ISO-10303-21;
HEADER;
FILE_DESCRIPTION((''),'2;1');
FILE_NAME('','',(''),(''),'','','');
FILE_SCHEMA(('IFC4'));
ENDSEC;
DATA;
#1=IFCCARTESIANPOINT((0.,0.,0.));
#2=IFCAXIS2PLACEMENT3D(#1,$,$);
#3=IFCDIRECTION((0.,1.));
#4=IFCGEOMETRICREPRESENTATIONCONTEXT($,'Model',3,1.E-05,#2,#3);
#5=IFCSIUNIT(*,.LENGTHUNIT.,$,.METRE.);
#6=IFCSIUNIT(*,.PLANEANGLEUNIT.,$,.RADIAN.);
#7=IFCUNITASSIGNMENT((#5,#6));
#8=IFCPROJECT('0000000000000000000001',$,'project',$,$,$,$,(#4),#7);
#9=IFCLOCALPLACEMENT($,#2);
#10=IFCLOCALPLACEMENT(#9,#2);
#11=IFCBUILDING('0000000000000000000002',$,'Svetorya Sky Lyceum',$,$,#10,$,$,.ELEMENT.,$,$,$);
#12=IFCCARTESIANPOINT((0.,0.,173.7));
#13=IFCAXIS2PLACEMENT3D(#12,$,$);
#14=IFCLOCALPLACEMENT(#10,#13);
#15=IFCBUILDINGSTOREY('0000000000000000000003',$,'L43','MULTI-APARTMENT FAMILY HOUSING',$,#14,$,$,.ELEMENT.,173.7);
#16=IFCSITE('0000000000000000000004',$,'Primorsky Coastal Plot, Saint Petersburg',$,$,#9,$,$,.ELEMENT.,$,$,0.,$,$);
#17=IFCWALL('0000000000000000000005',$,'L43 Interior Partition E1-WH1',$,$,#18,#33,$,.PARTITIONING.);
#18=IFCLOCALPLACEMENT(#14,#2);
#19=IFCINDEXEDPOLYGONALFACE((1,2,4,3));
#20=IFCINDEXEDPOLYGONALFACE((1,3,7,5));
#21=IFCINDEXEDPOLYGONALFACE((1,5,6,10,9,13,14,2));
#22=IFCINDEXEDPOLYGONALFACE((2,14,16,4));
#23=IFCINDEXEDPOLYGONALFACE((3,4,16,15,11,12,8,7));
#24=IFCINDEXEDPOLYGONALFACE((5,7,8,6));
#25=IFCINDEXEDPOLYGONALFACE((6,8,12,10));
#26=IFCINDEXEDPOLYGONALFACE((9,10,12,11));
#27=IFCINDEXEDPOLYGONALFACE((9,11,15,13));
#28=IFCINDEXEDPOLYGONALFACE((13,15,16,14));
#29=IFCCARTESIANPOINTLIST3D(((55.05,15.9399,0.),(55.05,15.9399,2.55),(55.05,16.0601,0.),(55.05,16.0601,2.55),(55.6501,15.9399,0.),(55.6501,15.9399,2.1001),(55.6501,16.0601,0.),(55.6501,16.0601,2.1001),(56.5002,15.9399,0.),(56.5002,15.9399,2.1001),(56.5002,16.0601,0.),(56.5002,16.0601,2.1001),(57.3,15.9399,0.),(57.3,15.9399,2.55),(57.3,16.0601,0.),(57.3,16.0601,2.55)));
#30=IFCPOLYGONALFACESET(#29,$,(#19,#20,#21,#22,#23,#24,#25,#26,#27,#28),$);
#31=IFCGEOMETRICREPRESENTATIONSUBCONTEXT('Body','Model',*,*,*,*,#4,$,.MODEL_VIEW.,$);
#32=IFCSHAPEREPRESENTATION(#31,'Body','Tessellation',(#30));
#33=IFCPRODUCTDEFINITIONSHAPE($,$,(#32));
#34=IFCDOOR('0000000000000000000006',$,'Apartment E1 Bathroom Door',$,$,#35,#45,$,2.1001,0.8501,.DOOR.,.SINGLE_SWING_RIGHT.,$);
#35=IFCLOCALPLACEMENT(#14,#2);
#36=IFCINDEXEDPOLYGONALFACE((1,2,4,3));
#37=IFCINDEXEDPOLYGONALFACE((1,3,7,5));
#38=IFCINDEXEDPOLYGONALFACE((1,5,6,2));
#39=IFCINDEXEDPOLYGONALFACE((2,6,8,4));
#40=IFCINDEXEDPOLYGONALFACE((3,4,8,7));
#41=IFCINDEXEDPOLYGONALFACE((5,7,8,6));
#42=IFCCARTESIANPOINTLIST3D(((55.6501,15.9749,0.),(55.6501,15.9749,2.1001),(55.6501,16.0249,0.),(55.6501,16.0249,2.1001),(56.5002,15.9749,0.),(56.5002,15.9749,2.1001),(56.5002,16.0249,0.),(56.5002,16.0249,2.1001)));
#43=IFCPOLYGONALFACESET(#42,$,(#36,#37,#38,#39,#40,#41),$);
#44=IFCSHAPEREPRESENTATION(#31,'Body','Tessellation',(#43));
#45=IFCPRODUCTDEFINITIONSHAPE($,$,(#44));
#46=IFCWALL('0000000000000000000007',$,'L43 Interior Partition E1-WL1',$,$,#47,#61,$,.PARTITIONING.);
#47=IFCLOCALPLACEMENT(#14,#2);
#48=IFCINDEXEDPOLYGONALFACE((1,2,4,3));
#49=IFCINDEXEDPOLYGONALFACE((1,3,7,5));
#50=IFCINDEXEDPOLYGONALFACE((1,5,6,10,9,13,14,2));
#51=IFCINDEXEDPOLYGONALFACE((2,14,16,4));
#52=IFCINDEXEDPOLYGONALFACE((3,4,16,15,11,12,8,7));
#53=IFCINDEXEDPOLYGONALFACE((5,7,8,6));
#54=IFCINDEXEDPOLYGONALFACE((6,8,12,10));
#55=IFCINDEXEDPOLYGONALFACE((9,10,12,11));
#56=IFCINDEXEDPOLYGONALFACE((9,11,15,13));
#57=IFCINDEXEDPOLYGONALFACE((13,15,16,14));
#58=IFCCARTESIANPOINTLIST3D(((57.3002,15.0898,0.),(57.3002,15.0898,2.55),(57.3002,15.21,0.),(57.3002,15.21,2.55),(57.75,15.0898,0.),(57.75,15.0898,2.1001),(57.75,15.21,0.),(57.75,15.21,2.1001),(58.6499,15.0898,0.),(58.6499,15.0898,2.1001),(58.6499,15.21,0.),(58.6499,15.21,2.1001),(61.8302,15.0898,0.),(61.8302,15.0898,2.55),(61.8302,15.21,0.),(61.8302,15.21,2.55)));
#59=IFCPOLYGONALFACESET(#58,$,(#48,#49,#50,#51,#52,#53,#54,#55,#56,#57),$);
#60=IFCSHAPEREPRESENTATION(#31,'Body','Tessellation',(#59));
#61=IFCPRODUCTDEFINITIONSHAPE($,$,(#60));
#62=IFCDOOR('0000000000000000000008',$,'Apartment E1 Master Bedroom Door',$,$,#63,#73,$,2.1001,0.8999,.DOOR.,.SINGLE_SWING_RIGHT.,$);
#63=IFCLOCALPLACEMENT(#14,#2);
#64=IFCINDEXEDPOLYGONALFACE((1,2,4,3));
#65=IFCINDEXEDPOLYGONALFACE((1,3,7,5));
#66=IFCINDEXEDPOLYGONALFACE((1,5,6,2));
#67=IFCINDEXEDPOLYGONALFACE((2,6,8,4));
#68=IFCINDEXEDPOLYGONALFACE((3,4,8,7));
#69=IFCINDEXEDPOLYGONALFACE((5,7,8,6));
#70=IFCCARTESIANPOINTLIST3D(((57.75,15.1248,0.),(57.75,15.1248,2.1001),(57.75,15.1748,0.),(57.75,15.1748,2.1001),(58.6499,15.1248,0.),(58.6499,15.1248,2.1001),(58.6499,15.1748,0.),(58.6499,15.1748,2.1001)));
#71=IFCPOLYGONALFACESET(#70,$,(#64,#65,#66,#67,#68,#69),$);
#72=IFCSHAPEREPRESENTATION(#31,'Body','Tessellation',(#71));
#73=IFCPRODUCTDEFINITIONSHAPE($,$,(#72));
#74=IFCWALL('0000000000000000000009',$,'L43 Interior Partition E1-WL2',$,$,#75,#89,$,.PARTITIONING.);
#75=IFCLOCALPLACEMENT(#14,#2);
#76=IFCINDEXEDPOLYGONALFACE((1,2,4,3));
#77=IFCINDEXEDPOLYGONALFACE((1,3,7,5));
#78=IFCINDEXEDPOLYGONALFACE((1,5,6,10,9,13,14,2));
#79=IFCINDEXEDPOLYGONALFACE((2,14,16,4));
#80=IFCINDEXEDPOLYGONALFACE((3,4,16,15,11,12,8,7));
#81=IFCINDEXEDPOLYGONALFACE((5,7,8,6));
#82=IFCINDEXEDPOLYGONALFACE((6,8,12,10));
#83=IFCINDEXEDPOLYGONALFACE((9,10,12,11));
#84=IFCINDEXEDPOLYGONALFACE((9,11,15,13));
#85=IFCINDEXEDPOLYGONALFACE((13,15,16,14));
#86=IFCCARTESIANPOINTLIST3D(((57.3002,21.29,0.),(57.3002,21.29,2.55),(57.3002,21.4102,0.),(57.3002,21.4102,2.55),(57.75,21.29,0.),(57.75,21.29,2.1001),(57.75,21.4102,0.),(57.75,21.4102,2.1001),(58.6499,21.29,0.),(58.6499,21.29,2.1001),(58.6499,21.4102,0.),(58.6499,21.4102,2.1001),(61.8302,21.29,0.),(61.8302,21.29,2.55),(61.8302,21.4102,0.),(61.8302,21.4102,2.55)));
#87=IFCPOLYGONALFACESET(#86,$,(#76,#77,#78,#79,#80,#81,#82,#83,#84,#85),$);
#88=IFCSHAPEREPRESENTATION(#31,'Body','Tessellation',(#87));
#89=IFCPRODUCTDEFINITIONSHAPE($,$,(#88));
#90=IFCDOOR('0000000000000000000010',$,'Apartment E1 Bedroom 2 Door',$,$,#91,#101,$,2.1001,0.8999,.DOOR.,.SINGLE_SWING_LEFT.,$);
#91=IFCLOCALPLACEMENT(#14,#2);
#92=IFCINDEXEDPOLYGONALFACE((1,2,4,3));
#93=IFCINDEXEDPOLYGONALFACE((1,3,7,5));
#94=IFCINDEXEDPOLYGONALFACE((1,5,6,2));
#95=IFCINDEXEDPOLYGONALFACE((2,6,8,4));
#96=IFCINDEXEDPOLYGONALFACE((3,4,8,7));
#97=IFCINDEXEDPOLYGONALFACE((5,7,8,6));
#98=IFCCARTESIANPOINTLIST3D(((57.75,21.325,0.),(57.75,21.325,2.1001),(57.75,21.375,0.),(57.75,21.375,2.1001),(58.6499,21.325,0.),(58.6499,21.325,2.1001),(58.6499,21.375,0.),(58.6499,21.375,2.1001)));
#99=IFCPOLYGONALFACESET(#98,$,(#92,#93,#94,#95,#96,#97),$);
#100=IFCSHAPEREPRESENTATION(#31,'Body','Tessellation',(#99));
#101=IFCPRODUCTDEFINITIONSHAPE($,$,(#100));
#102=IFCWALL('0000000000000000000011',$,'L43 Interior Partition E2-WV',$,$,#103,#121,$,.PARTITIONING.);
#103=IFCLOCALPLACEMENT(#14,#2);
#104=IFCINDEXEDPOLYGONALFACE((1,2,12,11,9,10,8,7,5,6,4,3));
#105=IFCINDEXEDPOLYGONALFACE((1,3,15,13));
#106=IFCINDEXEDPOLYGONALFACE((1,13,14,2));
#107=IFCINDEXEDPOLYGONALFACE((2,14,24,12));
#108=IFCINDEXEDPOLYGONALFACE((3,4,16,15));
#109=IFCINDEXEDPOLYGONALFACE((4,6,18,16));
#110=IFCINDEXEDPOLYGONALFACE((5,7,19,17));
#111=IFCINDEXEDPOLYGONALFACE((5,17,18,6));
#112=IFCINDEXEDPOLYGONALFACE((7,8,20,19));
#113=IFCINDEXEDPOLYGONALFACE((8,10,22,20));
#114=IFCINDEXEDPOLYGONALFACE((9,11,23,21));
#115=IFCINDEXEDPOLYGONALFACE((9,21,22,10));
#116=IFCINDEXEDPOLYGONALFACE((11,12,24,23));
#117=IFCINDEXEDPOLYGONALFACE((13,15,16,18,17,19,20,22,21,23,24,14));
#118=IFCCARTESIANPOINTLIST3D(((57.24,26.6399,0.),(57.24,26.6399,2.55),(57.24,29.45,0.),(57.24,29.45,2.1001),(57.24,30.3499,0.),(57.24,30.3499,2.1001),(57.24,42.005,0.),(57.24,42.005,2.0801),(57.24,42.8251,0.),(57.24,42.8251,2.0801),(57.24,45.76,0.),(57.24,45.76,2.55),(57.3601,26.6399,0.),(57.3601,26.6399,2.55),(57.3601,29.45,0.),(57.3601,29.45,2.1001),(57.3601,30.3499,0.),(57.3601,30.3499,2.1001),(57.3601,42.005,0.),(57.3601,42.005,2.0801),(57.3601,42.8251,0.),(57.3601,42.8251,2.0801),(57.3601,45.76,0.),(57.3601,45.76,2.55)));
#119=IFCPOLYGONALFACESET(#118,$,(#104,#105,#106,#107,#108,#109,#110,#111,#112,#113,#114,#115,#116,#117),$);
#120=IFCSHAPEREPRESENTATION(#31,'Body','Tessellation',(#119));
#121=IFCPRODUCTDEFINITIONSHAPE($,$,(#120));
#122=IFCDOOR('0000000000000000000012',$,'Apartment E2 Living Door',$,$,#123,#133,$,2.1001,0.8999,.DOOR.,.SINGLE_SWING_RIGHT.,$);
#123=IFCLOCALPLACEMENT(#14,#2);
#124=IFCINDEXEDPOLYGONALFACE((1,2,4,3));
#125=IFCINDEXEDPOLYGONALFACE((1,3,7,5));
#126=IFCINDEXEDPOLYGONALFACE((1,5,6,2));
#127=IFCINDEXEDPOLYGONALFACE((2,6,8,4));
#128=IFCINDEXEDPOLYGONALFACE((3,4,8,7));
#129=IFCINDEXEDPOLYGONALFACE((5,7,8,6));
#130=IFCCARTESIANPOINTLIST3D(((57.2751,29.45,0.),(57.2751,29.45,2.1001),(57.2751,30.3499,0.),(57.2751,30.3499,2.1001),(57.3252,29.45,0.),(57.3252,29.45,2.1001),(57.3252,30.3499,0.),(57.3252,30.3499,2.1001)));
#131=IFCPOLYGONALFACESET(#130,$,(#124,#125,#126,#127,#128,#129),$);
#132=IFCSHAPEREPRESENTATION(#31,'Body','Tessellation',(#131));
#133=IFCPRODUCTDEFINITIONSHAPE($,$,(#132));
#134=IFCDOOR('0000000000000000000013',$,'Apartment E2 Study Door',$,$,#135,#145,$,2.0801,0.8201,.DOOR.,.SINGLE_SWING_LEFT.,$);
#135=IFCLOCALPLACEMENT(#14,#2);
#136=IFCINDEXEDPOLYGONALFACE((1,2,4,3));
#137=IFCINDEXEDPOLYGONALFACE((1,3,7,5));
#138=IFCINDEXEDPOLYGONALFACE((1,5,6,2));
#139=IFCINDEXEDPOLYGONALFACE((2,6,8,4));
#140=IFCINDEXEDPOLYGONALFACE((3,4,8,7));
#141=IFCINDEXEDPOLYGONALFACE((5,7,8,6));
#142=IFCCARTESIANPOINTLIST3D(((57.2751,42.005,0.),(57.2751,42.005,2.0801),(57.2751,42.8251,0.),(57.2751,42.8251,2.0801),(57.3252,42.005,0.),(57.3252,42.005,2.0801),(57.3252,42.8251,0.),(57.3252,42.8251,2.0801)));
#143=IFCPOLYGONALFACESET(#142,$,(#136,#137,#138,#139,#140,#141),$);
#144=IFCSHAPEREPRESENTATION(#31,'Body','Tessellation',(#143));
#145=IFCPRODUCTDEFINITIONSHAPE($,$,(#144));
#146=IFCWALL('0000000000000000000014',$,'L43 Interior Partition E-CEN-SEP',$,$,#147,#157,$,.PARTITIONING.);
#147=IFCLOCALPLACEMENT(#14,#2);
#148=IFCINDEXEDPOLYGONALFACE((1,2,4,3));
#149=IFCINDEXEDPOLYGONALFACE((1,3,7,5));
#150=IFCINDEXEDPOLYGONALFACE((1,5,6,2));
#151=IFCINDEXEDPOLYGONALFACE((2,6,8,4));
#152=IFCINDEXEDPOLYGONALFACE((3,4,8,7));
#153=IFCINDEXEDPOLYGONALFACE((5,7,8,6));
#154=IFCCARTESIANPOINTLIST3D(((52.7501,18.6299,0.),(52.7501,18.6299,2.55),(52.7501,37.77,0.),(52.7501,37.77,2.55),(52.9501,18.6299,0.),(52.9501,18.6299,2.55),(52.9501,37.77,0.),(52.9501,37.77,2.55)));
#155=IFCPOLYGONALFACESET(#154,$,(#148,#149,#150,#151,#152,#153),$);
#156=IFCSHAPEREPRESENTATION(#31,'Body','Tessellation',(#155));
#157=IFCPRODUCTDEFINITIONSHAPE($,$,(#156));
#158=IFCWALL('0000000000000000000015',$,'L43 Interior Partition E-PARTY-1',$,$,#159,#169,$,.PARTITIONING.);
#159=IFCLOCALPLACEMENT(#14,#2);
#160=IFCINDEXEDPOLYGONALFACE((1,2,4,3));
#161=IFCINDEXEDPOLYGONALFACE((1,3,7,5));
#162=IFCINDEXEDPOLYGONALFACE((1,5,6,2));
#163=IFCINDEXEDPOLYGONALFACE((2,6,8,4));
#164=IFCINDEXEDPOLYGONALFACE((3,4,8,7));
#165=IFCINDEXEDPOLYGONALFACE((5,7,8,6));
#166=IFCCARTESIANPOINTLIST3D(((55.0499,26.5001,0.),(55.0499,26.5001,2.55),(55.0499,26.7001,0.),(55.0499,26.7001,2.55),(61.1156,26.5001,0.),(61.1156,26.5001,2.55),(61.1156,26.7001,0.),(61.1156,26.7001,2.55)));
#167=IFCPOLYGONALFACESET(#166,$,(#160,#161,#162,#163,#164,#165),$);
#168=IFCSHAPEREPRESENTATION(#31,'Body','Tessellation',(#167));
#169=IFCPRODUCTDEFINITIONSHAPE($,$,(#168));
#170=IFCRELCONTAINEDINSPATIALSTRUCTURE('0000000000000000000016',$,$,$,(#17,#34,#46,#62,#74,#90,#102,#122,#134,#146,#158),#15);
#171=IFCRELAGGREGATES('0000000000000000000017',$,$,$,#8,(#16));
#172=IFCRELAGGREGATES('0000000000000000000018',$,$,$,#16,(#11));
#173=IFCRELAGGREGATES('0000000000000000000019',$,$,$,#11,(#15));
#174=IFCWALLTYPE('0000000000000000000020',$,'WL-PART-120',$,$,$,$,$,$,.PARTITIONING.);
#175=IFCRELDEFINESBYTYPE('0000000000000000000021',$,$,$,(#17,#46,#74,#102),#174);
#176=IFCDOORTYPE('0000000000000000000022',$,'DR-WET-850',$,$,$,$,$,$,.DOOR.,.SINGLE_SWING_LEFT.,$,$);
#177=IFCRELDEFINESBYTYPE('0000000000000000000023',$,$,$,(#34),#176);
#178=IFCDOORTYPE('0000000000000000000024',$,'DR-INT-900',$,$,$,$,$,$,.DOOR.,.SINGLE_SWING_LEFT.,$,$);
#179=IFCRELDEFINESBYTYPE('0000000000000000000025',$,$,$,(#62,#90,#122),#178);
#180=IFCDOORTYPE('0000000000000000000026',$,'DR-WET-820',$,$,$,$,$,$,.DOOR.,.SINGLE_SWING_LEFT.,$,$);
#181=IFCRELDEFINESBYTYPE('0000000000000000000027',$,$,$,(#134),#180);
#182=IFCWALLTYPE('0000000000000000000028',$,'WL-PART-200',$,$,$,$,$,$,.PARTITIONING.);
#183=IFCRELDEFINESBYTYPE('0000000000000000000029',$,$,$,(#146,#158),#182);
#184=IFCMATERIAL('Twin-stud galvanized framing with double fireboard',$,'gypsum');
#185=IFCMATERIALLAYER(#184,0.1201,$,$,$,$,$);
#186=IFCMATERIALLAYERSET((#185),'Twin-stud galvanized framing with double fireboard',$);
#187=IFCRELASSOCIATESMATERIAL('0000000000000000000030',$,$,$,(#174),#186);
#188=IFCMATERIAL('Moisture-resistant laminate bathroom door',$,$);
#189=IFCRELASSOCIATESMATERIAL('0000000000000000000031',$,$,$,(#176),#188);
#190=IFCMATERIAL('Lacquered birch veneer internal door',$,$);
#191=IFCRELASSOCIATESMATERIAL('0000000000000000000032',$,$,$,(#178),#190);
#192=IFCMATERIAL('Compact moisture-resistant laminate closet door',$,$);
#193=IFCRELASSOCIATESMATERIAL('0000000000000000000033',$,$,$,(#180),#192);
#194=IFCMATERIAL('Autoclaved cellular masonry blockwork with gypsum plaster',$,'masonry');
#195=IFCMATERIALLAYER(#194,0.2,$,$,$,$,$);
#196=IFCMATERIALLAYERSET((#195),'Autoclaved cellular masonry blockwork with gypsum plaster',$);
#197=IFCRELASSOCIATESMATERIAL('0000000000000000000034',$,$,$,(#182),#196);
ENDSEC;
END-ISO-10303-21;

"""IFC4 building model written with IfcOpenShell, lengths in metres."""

from ifc_helpers import new_model, si_unit, direction, frame, frame_2d, origin, place, context, subcontext, project, spatial, rectangle, extrude, material, layer, layer_set, type_object, element, fill, save


model = new_model("IFC4")

# Units and contexts
model_context = context("Model", 3, precision=1e-05, world=origin(), true_north=direction((0.0, 1.0)))
body_context = subcontext(model_context, "Body", "Model", "MODEL_VIEW")
ifc_project = project(units=[si_unit("LENGTHUNIT", "METRE"), si_unit("PLANEANGLEUNIT", "RADIAN")], contexts=[model_context])

# Site, building, storey
site_placement = place(None, origin())
site = spatial("IfcSite", under=ifc_project, at=site_placement, Name="Primorsky Coastal Plot, Saint Petersburg", CompositionType="ELEMENT", RefElevation=0.0)
building_placement = place(site_placement, origin())
building = spatial("IfcBuilding", under=site, at=building_placement, Name="Svetorya Sky Lyceum", CompositionType="ELEMENT")
storey_placement = place(building_placement, frame((0.0, 0.0, 173.7)))
storey = spatial("IfcBuildingStorey", under=building, at=storey_placement, Name="L43", Description="MULTI-APARTMENT FAMILY HOUSING", CompositionType="ELEMENT", Elevation=173.7)

# Walls, openings, doors
ifc_material_1 = material(Name="Twin-stud galvanized framing with double fireboard", Category="gypsum")
ifc_layer_1 = layer(ifc_material_1, 0.1201)
ifc_layer_set_1 = layer_set([ifc_layer_1], Name="Twin-stud galvanized framing with double fireboard")
wall_type_1 = type_object("IfcWallType", Name="WL-PART-120", PredefinedType="PARTITIONING", material=ifc_layer_set_1)
wall_1_placement = place(storey_placement, frame((55.05, 16.0, 0.0), z_axis=(0.0, 0.0, 1.0), x_axis=(1.0, 0.0, 0.0)))
wall_1 = element("IfcWall", 1, at=wall_1_placement, inside=storey, type_object=wall_type_1, Name="L43 Interior Partition E1-WH1", PredefinedType="PARTITIONING", context=body_context, shape_type="SweptSolid", body=[
    extrude(rectangle(XDim=2.25, YDim=0.1201, at=frame_2d((1.125, 0.0))), origin(), (0.0, 0.0, 1.0), 2.55),
])
opening_1_placement = place(wall_1_placement, frame((0.6001, 0.0, 0.0)))
opening_1 = element("IfcOpeningElement", 2, at=opening_1_placement, cuts=wall_1, PredefinedType="OPENING", context=body_context, shape_type="SweptSolid", body=[
    extrude(rectangle(XDim=0.8501, YDim=2.1001, at=frame_2d((0.425, 1.05))), frame((0.0, 0.0701, 0.0), z_axis=(0.0, -1.0, 0.0), x_axis=(1.0, 0.0, 0.0)), (0.0, 0.0, 1.0), 0.1401),
])
ifc_material_2 = material(Name="Moisture-resistant laminate bathroom door")
door_type_1 = type_object("IfcDoorType", Name="DR-WET-850", OperationType="SINGLE_SWING_LEFT", PredefinedType="DOOR", material=ifc_material_2)
door_1_placement = place(opening_1_placement, origin())
door_1 = element("IfcDoor", 3, at=door_1_placement, inside=storey, type_object=door_type_1, Name="Apartment E1 Bathroom Door", OperationType="SINGLE_SWING_RIGHT", OverallHeight=2.1001, OverallWidth=0.8501, PredefinedType="DOOR", context=body_context, shape_type="SweptSolid", body=[
    extrude(rectangle(XDim=0.8501, YDim=2.1001, at=frame_2d((0.425, 1.05))), frame((0.0, 0.0249, 0.0), z_axis=(0.0, -1.0, 0.0), x_axis=(1.0, 0.0, 0.0)), (0.0, 0.0, 1.0), 0.05),
])
fill(opening_1, door_1)
wall_2_placement = place(storey_placement, frame((57.3, 15.1499, 0.0), z_axis=(0.0, 0.0, 1.0), x_axis=(1.0, 0.0, 0.0)))
wall_2 = element("IfcWall", 4, at=wall_2_placement, inside=storey, type_object=wall_type_1, Name="L43 Interior Partition E1-WL1", PredefinedType="PARTITIONING", context=body_context, shape_type="SweptSolid", body=[
    extrude(rectangle(XDim=4.53, YDim=0.1201, at=frame_2d((2.2651, 0.0))), origin(), (0.0, 0.0, 1.0), 2.55),
])
opening_2_placement = place(wall_2_placement, frame((0.45, 0.0, 0.0)))
opening_2 = element("IfcOpeningElement", 5, at=opening_2_placement, cuts=wall_2, PredefinedType="OPENING", context=body_context, shape_type="SweptSolid", body=[
    extrude(rectangle(XDim=0.8999, YDim=2.1001, at=frame_2d((0.45, 1.05))), frame((0.0, 0.0701, 0.0), z_axis=(0.0, -1.0, 0.0), x_axis=(1.0, 0.0, 0.0)), (0.0, 0.0, 1.0), 0.1401),
])
ifc_material_3 = material(Name="Lacquered birch veneer internal door")
door_type_2 = type_object("IfcDoorType", Name="DR-INT-900", OperationType="SINGLE_SWING_LEFT", PredefinedType="DOOR", material=ifc_material_3)
door_2_placement = place(opening_2_placement, origin())
door_2 = element("IfcDoor", 6, at=door_2_placement, inside=storey, type_object=door_type_2, Name="Apartment E1 Master Bedroom Door", OperationType="SINGLE_SWING_RIGHT", OverallHeight=2.1001, OverallWidth=0.8999, PredefinedType="DOOR", context=body_context, shape_type="SweptSolid", body=[
    extrude(rectangle(XDim=0.8999, YDim=2.1001, at=frame_2d((0.45, 1.05))), frame((0.0, 0.0249, 0.0), z_axis=(0.0, -1.0, 0.0), x_axis=(1.0, 0.0, 0.0)), (0.0, 0.0, 1.0), 0.05),
])
fill(opening_2, door_2)
wall_3_placement = place(storey_placement, frame((57.3, 21.3501, 0.0), z_axis=(0.0, 0.0, 1.0), x_axis=(1.0, 0.0, 0.0)))
wall_3 = element("IfcWall", 7, at=wall_3_placement, inside=storey, type_object=wall_type_1, Name="L43 Interior Partition E1-WL2", PredefinedType="PARTITIONING", context=body_context, shape_type="SweptSolid", body=[
    extrude(rectangle(XDim=4.53, YDim=0.1201, at=frame_2d((2.2651, 0.0))), origin(), (0.0, 0.0, 1.0), 2.55),
])
opening_3_placement = place(wall_3_placement, frame((0.45, 0.0, 0.0)))
opening_3 = element("IfcOpeningElement", 8, at=opening_3_placement, cuts=wall_3, PredefinedType="OPENING", context=body_context, shape_type="SweptSolid", body=[
    extrude(rectangle(XDim=0.8999, YDim=2.1001, at=frame_2d((0.45, 1.05))), frame((0.0, 0.0701, 0.0), z_axis=(0.0, -1.0, 0.0), x_axis=(1.0, 0.0, 0.0)), (0.0, 0.0, 1.0), 0.1401),
])
door_3_placement = place(opening_3_placement, origin())
door_3 = element("IfcDoor", 9, at=door_3_placement, inside=storey, type_object=door_type_2, Name="Apartment E1 Bedroom 2 Door", OperationType="SINGLE_SWING_LEFT", OverallHeight=2.1001, OverallWidth=0.8999, PredefinedType="DOOR", context=body_context, shape_type="SweptSolid", body=[
    extrude(rectangle(XDim=0.8999, YDim=2.1001, at=frame_2d((0.45, 1.05))), frame((0.0, 0.0249, 0.0), z_axis=(0.0, -1.0, 0.0), x_axis=(1.0, 0.0, 0.0)), (0.0, 0.0, 1.0), 0.05),
])
fill(opening_3, door_3)

# Wall, openings, doors
wall_4_placement = place(storey_placement, frame((57.3, 26.6399, 0.0), z_axis=(0.0, 0.0, 1.0), x_axis=(0.0, 1.0, 0.0)))
wall_4 = element("IfcWall", 10, at=wall_4_placement, inside=storey, type_object=wall_type_1, Name="L43 Interior Partition E2-WV", PredefinedType="PARTITIONING", context=body_context, shape_type="SweptSolid", body=[
    extrude(rectangle(XDim=19.1201, YDim=0.1201, at=frame_2d((9.5601, 0.0))), origin(), (0.0, 0.0, 1.0), 2.55),
])
opening_4_placement = place(wall_4_placement, frame((2.8101, 0.0, 0.0)))
opening_4 = element("IfcOpeningElement", 11, at=opening_4_placement, cuts=wall_4, PredefinedType="OPENING", context=body_context, shape_type="SweptSolid", body=[
    extrude(rectangle(XDim=0.8999, YDim=2.1001, at=frame_2d((0.45, 1.05))), frame((0.0, 0.0701, 0.0), z_axis=(0.0, -1.0, 0.0), x_axis=(1.0, 0.0, 0.0)), (0.0, 0.0, 1.0), 0.1401),
])
opening_5_placement = place(wall_4_placement, frame((15.365, 0.0, 0.0)))
opening_5 = element("IfcOpeningElement", 12, at=opening_5_placement, cuts=wall_4, PredefinedType="OPENING", context=body_context, shape_type="SweptSolid", body=[
    extrude(rectangle(XDim=0.8201, YDim=2.0801, at=frame_2d((0.4102, 1.04))), frame((0.0, 0.0701, 0.0), z_axis=(0.0, -1.0, 0.0), x_axis=(1.0, 0.0, 0.0)), (0.0, 0.0, 1.0), 0.1401),
])
door_4_placement = place(opening_4_placement, origin())
door_4 = element("IfcDoor", 13, at=door_4_placement, inside=storey, type_object=door_type_2, Name="Apartment E2 Living Door", OperationType="SINGLE_SWING_RIGHT", OverallHeight=2.1001, OverallWidth=0.8999, PredefinedType="DOOR", context=body_context, shape_type="SweptSolid", body=[
    extrude(rectangle(XDim=0.8999, YDim=2.1001, at=frame_2d((0.45, 1.05))), frame((0.0, 0.0249, 0.0), z_axis=(0.0, -1.0, 0.0), x_axis=(1.0, 0.0, 0.0)), (0.0, 0.0, 1.0), 0.05),
])
fill(opening_4, door_4)
ifc_material_4 = material(Name="Compact moisture-resistant laminate closet door")
door_type_3 = type_object("IfcDoorType", Name="DR-WET-820", OperationType="SINGLE_SWING_LEFT", PredefinedType="DOOR", material=ifc_material_4)
door_5_placement = place(opening_5_placement, origin())
door_5 = element("IfcDoor", 14, at=door_5_placement, inside=storey, type_object=door_type_3, Name="Apartment E2 Study Door", OperationType="SINGLE_SWING_LEFT", OverallHeight=2.0801, OverallWidth=0.8201, PredefinedType="DOOR", context=body_context, shape_type="SweptSolid", body=[
    extrude(rectangle(XDim=0.8201, YDim=2.0801, at=frame_2d((0.4102, 1.04))), frame((0.0, 0.0249, 0.0), z_axis=(0.0, -1.0, 0.0), x_axis=(1.0, 0.0, 0.0)), (0.0, 0.0, 1.0), 0.05),
])
fill(opening_5, door_5)

# Walls
ifc_material_5 = material(Name="Autoclaved cellular masonry blockwork with gypsum plaster", Category="masonry")
ifc_layer_2 = layer(ifc_material_5, 0.2)
ifc_layer_set_2 = layer_set([ifc_layer_2], Name="Autoclaved cellular masonry blockwork with gypsum plaster")
wall_type_2 = type_object("IfcWallType", Name="WL-PART-200", PredefinedType="PARTITIONING", material=ifc_layer_set_2)
wall_5_placement = place(storey_placement, frame((52.8501, 18.6299, 0.0), z_axis=(0.0, 0.0, 1.0), x_axis=(0.0, 1.0, 0.0)))
element("IfcWall", 15, at=wall_5_placement, inside=storey, type_object=wall_type_2, Name="L43 Interior Partition E-CEN-SEP", PredefinedType="PARTITIONING", context=body_context, shape_type="SweptSolid", body=[
    extrude(rectangle(XDim=19.1401, YDim=0.2, at=frame_2d((9.5701, 0.0))), origin(), (0.0, 0.0, 1.0), 2.55),
])
wall_6_placement = place(storey_placement, frame((55.05, 26.6001, 0.0), z_axis=(0.0, 0.0, 1.0), x_axis=(1.0, 0.0, 0.0)))
element("IfcWall", 16, at=wall_6_placement, inside=storey, type_object=wall_type_2, Name="L43 Interior Partition E-PARTY-1", PredefinedType="PARTITIONING", context=body_context, shape_type="SweptSolid", body=[
    extrude(rectangle(XDim=6.0657, YDim=0.2, at=frame_2d((3.0327, 0.0))), origin(), (0.0, 0.0, 1.0), 2.55),
])

save(model, "model.ifc")
